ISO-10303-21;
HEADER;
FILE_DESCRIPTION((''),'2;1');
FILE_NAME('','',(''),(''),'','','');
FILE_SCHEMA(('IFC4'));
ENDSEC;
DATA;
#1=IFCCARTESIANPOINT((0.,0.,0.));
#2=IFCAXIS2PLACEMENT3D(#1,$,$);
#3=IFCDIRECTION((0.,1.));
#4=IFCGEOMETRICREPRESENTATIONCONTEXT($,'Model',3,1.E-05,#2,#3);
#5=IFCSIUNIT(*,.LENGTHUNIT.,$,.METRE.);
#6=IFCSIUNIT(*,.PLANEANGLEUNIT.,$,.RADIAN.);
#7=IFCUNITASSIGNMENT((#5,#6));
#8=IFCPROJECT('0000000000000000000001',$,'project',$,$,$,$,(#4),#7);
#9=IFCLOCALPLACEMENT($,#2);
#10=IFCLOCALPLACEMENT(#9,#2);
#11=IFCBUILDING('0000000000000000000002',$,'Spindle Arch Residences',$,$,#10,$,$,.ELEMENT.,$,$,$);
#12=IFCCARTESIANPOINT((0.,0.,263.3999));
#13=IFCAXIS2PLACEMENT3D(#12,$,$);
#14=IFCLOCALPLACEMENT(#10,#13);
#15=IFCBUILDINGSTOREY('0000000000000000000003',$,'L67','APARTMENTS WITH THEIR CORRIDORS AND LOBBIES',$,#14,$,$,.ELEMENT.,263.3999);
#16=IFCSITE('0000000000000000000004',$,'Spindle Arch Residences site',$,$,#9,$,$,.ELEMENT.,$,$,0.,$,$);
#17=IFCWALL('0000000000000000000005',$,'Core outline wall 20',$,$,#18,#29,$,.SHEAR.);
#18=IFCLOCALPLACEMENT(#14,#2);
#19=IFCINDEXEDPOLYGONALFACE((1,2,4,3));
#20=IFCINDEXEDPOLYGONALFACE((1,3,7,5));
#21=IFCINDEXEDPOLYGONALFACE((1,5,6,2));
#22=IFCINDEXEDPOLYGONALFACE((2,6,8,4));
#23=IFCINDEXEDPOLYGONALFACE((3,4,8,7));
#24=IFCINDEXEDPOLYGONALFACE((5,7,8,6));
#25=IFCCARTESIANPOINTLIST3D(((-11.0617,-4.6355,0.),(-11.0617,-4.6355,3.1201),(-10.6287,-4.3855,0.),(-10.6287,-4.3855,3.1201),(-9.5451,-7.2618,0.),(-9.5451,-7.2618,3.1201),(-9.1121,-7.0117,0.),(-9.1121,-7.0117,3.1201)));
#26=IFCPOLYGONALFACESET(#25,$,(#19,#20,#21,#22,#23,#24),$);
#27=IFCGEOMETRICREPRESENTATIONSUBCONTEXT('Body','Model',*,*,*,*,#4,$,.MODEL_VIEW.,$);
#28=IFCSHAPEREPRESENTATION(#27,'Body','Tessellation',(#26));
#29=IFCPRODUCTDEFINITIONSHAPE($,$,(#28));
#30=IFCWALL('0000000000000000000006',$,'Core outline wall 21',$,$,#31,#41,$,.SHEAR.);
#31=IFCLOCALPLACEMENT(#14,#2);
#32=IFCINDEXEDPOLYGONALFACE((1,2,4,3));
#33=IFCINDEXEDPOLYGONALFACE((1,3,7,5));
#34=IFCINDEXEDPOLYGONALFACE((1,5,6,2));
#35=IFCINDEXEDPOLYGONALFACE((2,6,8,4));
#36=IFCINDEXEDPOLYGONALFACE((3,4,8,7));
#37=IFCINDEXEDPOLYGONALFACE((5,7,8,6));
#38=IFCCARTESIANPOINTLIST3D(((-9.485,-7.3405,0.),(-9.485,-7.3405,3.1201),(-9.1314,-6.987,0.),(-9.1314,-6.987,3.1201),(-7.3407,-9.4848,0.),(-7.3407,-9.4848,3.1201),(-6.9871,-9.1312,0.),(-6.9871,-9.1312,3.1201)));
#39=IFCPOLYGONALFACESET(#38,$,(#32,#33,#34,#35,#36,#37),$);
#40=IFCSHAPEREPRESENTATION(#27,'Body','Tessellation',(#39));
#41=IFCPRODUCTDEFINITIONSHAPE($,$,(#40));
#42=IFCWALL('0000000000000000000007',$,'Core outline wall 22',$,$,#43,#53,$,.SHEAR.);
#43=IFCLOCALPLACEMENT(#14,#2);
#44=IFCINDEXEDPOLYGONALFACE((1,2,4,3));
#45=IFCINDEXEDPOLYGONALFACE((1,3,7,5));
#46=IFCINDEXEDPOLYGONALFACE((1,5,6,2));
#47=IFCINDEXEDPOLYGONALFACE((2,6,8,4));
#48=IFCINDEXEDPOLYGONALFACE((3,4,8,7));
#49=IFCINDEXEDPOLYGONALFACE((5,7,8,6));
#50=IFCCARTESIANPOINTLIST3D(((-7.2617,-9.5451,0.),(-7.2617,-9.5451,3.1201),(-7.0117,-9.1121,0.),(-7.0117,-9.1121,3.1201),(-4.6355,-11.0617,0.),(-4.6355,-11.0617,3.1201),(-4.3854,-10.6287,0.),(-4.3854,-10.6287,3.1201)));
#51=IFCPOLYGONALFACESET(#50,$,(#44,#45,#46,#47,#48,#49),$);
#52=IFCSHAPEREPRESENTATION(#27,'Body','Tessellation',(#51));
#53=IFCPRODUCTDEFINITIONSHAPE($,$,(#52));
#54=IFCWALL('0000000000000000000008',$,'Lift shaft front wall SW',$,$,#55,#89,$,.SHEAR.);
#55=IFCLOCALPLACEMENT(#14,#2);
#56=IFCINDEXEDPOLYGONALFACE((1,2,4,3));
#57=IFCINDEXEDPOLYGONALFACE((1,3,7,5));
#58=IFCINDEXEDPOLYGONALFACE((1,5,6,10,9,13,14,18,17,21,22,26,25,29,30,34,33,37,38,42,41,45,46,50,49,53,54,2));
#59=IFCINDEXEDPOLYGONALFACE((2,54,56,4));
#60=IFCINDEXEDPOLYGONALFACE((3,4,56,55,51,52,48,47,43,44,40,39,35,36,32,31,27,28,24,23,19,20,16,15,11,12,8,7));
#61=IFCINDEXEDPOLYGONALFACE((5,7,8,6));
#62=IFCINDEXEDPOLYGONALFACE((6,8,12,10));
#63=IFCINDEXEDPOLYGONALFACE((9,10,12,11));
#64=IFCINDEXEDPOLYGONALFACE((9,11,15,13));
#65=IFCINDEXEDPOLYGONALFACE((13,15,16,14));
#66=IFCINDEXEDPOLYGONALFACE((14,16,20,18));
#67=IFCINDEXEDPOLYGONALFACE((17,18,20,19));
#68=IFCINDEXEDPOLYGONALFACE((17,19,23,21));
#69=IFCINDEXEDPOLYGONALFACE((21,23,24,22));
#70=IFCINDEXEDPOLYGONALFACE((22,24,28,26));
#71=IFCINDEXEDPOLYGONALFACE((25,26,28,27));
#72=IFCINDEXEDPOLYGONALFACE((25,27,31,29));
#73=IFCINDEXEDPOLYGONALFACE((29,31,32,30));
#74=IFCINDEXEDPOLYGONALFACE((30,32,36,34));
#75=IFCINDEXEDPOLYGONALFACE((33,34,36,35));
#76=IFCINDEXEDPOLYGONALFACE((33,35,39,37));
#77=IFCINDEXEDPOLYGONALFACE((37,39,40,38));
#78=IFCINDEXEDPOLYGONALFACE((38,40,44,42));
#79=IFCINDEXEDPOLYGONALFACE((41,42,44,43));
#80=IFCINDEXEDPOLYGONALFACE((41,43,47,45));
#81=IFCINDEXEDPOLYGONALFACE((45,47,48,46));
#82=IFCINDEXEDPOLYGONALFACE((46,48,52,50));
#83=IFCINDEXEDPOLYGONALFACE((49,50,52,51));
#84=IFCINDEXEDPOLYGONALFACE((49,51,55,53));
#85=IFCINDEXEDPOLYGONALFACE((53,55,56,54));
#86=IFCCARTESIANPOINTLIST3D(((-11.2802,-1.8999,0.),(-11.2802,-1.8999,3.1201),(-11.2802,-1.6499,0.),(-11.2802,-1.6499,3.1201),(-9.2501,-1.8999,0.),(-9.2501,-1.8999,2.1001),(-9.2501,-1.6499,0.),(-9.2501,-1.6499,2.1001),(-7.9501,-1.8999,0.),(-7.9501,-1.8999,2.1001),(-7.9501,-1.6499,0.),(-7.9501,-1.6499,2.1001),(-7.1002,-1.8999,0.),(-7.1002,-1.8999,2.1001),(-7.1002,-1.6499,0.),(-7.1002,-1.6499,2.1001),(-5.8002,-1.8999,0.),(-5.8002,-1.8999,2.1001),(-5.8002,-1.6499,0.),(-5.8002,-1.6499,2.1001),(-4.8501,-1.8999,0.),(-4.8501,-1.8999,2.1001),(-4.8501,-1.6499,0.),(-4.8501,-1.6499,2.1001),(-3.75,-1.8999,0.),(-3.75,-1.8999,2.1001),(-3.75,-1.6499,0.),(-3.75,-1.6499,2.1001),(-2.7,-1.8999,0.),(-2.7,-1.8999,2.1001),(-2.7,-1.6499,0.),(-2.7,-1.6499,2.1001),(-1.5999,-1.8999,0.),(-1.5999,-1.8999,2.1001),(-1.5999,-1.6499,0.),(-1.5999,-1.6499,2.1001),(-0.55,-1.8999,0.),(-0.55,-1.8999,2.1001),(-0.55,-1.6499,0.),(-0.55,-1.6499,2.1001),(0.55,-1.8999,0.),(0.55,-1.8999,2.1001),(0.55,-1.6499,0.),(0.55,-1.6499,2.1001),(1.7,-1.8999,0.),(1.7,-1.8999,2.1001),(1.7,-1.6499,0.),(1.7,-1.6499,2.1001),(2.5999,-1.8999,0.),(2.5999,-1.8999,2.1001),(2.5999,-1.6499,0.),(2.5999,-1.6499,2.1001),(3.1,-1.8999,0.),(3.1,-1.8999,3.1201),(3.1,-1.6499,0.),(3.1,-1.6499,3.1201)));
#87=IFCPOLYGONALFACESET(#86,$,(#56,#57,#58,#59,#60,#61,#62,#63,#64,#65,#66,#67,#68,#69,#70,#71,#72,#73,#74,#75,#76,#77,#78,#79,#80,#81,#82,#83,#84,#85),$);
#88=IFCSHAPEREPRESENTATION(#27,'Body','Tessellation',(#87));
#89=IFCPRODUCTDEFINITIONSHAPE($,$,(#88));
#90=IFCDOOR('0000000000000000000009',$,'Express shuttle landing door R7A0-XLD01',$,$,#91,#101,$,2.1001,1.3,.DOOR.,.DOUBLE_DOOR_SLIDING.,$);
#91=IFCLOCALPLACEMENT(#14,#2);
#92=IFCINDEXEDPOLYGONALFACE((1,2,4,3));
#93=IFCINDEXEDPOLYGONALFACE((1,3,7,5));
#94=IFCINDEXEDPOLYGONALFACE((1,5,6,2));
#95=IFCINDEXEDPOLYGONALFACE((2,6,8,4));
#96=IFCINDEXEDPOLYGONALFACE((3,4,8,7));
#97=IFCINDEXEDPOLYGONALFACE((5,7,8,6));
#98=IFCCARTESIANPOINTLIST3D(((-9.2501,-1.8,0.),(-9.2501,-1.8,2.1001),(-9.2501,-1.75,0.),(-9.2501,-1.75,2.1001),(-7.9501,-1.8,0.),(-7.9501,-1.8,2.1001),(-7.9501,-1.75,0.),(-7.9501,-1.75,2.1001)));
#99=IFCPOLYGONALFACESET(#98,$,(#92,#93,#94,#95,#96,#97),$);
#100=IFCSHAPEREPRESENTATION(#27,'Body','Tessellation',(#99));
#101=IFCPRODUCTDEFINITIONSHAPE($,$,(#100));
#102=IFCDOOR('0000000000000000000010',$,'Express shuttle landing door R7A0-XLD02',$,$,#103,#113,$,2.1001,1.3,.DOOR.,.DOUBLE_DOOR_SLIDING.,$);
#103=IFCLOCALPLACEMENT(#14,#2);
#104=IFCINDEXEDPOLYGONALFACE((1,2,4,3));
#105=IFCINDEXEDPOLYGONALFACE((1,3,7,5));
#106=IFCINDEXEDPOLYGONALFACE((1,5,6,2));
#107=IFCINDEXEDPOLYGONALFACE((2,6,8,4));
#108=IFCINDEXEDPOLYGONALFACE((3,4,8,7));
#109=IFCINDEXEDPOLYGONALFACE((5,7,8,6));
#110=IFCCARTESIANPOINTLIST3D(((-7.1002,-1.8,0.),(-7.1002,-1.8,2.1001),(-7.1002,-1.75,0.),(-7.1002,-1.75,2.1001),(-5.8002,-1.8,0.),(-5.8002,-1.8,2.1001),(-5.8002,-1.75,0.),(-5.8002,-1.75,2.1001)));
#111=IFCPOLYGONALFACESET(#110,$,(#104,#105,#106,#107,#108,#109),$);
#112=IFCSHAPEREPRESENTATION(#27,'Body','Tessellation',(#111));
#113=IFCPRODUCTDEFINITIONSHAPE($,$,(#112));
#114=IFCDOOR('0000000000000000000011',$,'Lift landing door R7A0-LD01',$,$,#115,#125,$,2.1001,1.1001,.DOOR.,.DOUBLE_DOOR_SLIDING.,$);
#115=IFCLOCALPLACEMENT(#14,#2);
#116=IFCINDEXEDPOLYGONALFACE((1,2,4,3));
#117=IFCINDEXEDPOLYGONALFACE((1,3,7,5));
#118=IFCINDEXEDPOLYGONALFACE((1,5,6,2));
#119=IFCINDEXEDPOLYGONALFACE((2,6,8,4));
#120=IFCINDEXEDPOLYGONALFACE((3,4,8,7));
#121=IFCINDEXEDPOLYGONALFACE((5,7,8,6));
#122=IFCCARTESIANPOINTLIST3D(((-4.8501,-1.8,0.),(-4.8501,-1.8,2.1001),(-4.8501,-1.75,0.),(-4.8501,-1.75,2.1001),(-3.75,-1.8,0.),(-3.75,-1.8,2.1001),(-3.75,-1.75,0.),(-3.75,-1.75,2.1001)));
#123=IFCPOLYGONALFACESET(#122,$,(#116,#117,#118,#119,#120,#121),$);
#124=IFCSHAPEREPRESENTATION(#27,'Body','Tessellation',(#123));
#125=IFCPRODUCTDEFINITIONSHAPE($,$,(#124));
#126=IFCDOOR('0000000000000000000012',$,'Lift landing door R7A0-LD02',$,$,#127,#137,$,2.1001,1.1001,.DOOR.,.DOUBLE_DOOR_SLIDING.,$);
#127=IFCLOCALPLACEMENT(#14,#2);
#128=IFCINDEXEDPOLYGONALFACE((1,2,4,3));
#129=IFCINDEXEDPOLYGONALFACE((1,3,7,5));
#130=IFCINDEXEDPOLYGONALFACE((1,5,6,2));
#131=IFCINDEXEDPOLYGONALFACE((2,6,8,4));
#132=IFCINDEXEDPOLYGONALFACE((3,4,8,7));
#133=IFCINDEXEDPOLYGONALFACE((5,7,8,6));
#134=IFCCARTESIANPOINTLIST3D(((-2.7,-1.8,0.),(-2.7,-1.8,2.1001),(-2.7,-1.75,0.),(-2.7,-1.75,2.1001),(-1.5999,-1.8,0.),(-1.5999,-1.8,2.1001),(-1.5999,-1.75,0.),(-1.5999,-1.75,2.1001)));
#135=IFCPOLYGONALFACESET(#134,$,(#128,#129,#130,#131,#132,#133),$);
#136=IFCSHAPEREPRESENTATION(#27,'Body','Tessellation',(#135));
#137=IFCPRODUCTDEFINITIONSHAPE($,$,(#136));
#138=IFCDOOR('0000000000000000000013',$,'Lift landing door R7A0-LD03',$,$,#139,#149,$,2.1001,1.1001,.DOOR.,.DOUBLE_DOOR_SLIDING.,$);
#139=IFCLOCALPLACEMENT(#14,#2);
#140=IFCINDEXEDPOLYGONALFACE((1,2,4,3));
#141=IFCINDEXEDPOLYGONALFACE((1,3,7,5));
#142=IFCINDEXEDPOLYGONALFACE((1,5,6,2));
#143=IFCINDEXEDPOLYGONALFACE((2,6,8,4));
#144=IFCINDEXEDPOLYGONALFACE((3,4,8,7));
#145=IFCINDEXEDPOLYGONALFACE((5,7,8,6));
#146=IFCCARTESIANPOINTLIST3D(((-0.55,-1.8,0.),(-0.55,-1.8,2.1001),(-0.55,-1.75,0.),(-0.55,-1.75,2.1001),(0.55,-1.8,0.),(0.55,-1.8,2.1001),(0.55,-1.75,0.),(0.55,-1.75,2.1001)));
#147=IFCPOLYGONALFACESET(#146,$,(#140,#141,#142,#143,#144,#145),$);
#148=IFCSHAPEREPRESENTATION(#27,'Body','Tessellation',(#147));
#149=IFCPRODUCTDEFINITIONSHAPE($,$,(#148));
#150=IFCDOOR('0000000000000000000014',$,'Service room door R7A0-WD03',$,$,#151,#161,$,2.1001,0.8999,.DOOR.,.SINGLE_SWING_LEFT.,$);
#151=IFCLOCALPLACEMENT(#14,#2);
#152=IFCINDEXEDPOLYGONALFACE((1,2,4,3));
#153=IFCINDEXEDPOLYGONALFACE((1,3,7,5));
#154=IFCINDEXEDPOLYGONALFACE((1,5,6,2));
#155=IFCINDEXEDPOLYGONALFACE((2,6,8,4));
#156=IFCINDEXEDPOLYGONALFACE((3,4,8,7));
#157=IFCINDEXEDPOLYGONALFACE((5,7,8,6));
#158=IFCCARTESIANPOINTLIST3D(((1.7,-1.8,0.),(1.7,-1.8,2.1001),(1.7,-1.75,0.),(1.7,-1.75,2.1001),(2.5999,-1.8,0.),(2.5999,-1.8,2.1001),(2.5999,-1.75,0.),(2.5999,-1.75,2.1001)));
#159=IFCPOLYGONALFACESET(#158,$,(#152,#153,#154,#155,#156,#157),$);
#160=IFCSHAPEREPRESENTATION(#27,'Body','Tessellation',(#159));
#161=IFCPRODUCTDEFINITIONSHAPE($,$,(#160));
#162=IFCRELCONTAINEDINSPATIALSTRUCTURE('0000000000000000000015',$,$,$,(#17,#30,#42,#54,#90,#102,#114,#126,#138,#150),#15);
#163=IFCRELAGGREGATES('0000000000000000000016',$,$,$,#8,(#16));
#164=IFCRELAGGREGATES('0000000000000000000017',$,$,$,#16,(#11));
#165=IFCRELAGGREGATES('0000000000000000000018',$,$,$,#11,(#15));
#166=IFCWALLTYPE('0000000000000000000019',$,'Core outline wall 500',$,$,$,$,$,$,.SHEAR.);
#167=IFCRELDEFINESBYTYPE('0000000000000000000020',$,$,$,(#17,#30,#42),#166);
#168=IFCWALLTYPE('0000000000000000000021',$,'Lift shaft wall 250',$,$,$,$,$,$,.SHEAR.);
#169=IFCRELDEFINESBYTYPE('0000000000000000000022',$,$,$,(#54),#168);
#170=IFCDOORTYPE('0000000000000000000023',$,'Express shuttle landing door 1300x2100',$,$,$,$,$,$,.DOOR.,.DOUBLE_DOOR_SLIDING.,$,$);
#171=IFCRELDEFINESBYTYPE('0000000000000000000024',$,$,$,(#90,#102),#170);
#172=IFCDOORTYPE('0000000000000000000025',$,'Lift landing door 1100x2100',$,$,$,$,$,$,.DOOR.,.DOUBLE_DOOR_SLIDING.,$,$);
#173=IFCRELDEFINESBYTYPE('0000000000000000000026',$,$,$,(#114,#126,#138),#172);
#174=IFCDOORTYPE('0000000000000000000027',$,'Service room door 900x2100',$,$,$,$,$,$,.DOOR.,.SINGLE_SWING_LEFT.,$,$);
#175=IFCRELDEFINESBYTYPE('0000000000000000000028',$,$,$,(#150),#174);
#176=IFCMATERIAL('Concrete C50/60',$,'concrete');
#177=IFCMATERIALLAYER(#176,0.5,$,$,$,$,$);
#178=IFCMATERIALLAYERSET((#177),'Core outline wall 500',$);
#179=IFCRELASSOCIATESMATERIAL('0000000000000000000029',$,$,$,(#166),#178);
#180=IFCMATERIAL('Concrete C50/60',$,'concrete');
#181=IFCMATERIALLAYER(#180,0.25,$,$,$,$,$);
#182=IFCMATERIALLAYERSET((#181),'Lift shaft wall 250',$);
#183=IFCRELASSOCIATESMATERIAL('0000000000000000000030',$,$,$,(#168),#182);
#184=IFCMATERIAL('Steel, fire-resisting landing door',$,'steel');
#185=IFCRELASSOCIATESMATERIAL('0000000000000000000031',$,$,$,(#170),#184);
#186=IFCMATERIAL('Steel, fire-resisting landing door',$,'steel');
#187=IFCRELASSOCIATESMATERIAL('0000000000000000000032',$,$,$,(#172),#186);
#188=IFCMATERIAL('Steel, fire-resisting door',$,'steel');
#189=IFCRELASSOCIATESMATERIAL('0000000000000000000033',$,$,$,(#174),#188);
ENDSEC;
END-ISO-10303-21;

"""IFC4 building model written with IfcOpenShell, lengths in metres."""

from ifc_helpers import new_model, si_unit, direction, frame, frame_2d, origin, place, context, subcontext, project, spatial, rectangle, extrude, material, layer, layer_set, type_object, element, fill, save


model = new_model("IFC4")

# Units and contexts
model_context = context("Model", 3, precision=1e-05, world=origin(), true_north=direction((0.0, 1.0)))
body_context = subcontext(model_context, "Body", "Model", "MODEL_VIEW")
ifc_project = project(units=[si_unit("LENGTHUNIT", "METRE"), si_unit("PLANEANGLEUNIT", "RADIAN")], contexts=[model_context])

# Site, building, storey
site_placement = place(None, origin())
site = spatial("IfcSite", under=ifc_project, at=site_placement, Name="Spindle Arch Residences site", CompositionType="ELEMENT", RefElevation=0.0)
building_placement = place(site_placement, origin())
building = spatial("IfcBuilding", under=site, at=building_placement, Name="Spindle Arch Residences", CompositionType="ELEMENT")
storey_placement = place(building_placement, frame((0.0, 0.0, 263.3999)))
storey = spatial("IfcBuildingStorey", under=building, at=storey_placement, Name="L67", Description="APARTMENTS WITH THEIR CORRIDORS AND LOBBIES", CompositionType="ELEMENT", Elevation=263.3999)

# Walls
ifc_material_1 = material(Name="Concrete C50/60", Category="concrete")
ifc_layer_1 = layer(ifc_material_1, 0.5)
ifc_layer_set_1 = layer_set([ifc_layer_1], Name="Core outline wall 500")
wall_type_1 = type_object("IfcWallType", Name="Core outline wall 500", PredefinedType="SHEAR", material=ifc_layer_set_1)
wall_1_placement = place(storey_placement, frame((-10.8452, -4.5105, 0.0), z_axis=(0.0, 0.0, 1.0), x_axis=(0.500087, -0.865975, 0.0)))
element("IfcWall", 1, at=wall_1_placement, inside=storey, type_object=wall_type_1, Name="Core outline wall 20", PredefinedType="SHEAR", context=body_context, shape_type="SweptSolid", body=[
    extrude(rectangle(XDim=3.0327, YDim=0.5, at=frame_2d((1.5164, 0.0))), origin(), (0.0, 0.0, 1.0), 3.1201),
])
wall_2_placement = place(storey_placement, frame((-9.3081, -7.1638, 0.0), z_axis=(0.0, 0.0, 1.0), x_axis=(0.707107, -0.707107, 0.0)))
element("IfcWall", 2, at=wall_2_placement, inside=storey, type_object=wall_type_1, Name="Core outline wall 21", PredefinedType="SHEAR", context=body_context, shape_type="SweptSolid", body=[
    extrude(rectangle(XDim=3.0325, YDim=0.5, at=frame_2d((1.5161, 0.0))), origin(), (0.0, 0.0, 1.0), 3.1201),
])
wall_3_placement = place(storey_placement, frame((-7.1367, -9.3286, 0.0), z_axis=(0.0, 0.0, 1.0), x_axis=(0.865975, -0.500087, 0.0)))
element("IfcWall", 3, at=wall_3_placement, inside=storey, type_object=wall_type_1, Name="Core outline wall 22", PredefinedType="SHEAR", context=body_context, shape_type="SweptSolid", body=[
    extrude(rectangle(XDim=3.0327, YDim=0.5, at=frame_2d((1.5164, 0.0))), origin(), (0.0, 0.0, 1.0), 3.1201),
])

# Wall, openings, doors
ifc_material_2 = material(Name="Concrete C50/60", Category="concrete")
ifc_layer_2 = layer(ifc_material_2, 0.25)
ifc_layer_set_2 = layer_set([ifc_layer_2], Name="Lift shaft wall 250")
wall_type_2 = type_object("IfcWallType", Name="Lift shaft wall 250", PredefinedType="SHEAR", material=ifc_layer_set_2)
wall_4_placement = place(storey_placement, frame((-11.28, -1.7749, 0.0), z_axis=(0.0, 0.0, 1.0), x_axis=(1.0, 0.0, 0.0)))
wall_4 = element("IfcWall", 4, at=wall_4_placement, inside=storey, type_object=wall_type_2, Name="Lift shaft front wall SW", PredefinedType="SHEAR", context=body_context, shape_type="SweptSolid", body=[
    extrude(rectangle(XDim=14.3801, YDim=0.25, at=frame_2d((7.1899, 0.0))), origin(), (0.0, 0.0, 1.0), 3.1201),
])
opening_1_placement = place(wall_4_placement, frame((2.03, 0.0, 0.0)))
opening_1 = element("IfcOpeningElement", 5, at=opening_1_placement, cuts=wall_4, PredefinedType="OPENING", context=body_context, shape_type="SweptSolid", body=[
    extrude(rectangle(XDim=1.3, YDim=2.1001, at=frame_2d((0.6499, 1.05))), frame((0.0, 0.135, 0.0), z_axis=(0.0, -1.0, 0.0), x_axis=(1.0, 0.0, 0.0)), (0.0, 0.0, 1.0), 0.27),
])
opening_2_placement = place(wall_4_placement, frame((4.1799, 0.0, 0.0)))
opening_2 = element("IfcOpeningElement", 6, at=opening_2_placement, cuts=wall_4, PredefinedType="OPENING", context=body_context, shape_type="SweptSolid", body=[
    extrude(rectangle(XDim=1.3, YDim=2.1001, at=frame_2d((0.6499, 1.05))), frame((0.0, 0.135, 0.0), z_axis=(0.0, -1.0, 0.0), x_axis=(1.0, 0.0, 0.0)), (0.0, 0.0, 1.0), 0.27),
])
opening_3_placement = place(wall_4_placement, frame((6.4299, 0.0, 0.0)))
opening_3 = element("IfcOpeningElement", 7, at=opening_3_placement, cuts=wall_4, PredefinedType="OPENING", context=body_context, shape_type="SweptSolid", body=[
    extrude(rectangle(XDim=1.1001, YDim=2.1001, at=frame_2d((0.55, 1.05))), frame((0.0, 0.135, 0.0), z_axis=(0.0, -1.0, 0.0), x_axis=(1.0, 0.0, 0.0)), (0.0, 0.0, 1.0), 0.27),
])
opening_4_placement = place(wall_4_placement, frame((8.5801, 0.0, 0.0)))
opening_4 = element("IfcOpeningElement", 8, at=opening_4_placement, cuts=wall_4, PredefinedType="OPENING", context=body_context, shape_type="SweptSolid", body=[
    extrude(rectangle(XDim=1.1001, YDim=2.1001, at=frame_2d((0.55, 1.05))), frame((0.0, 0.135, 0.0), z_axis=(0.0, -1.0, 0.0), x_axis=(1.0, 0.0, 0.0)), (0.0, 0.0, 1.0), 0.27),
])
opening_5_placement = place(wall_4_placement, frame((10.73, 0.0, 0.0)))
opening_5 = element("IfcOpeningElement", 9, at=opening_5_placement, cuts=wall_4, PredefinedType="OPENING", context=body_context, shape_type="SweptSolid", body=[
    extrude(rectangle(XDim=1.1001, YDim=2.1001, at=frame_2d((0.55, 1.05))), frame((0.0, 0.135, 0.0), z_axis=(0.0, -1.0, 0.0), x_axis=(1.0, 0.0, 0.0)), (0.0, 0.0, 1.0), 0.27),
])
opening_6_placement = place(wall_4_placement, frame((12.98, 0.0, 0.0)))
opening_6 = element("IfcOpeningElement", 10, at=opening_6_placement, cuts=wall_4, PredefinedType="OPENING", context=body_context, shape_type="SweptSolid", body=[
    extrude(rectangle(XDim=0.8999, YDim=2.1001, at=frame_2d((0.45, 1.05))), frame((0.0, 0.135, 0.0), z_axis=(0.0, -1.0, 0.0), x_axis=(1.0, 0.0, 0.0)), (0.0, 0.0, 1.0), 0.27),
])
ifc_material_3 = material(Name="Steel, fire-resisting landing door", Category="steel")
door_type_1 = type_object("IfcDoorType", Name="Express shuttle landing door 1300x2100", OperationType="DOUBLE_DOOR_SLIDING", PredefinedType="DOOR", material=ifc_material_3)
door_1_placement = place(opening_1_placement, origin())
door_1 = element("IfcDoor", 11, at=door_1_placement, inside=storey, type_object=door_type_1, Name="Express shuttle landing door R7A0-XLD01", OperationType="DOUBLE_DOOR_SLIDING", OverallHeight=2.1001, OverallWidth=1.3, PredefinedType="DOOR", context=body_context, shape_type="SweptSolid", body=[
    extrude(rectangle(XDim=1.3, YDim=2.1001, at=frame_2d((0.6499, 1.05))), frame((0.0, 0.0249, 0.0), z_axis=(0.0, -1.0, 0.0), x_axis=(1.0, 0.0, 0.0)), (0.0, 0.0, 1.0), 0.05),
])
fill(opening_1, door_1)
door_2_placement = place(opening_2_placement, origin())
door_2 = element("IfcDoor", 12, at=door_2_placement, inside=storey, type_object=door_type_1, Name="Express shuttle landing door R7A0-XLD02", OperationType="DOUBLE_DOOR_SLIDING", OverallHeight=2.1001, OverallWidth=1.3, PredefinedType="DOOR", context=body_context, shape_type="SweptSolid", body=[
    extrude(rectangle(XDim=1.3, YDim=2.1001, at=frame_2d((0.6499, 1.05))), frame((0.0, 0.0249, 0.0), z_axis=(0.0, -1.0, 0.0), x_axis=(1.0, 0.0, 0.0)), (0.0, 0.0, 1.0), 0.05),
])
fill(opening_2, door_2)
ifc_material_4 = material(Name="Steel, fire-resisting landing door", Category="steel")
door_type_2 = type_object("IfcDoorType", Name="Lift landing door 1100x2100", OperationType="DOUBLE_DOOR_SLIDING", PredefinedType="DOOR", material=ifc_material_4)
door_3_placement = place(opening_3_placement, origin())
door_3 = element("IfcDoor", 13, at=door_3_placement, inside=storey, type_object=door_type_2, Name="Lift landing door R7A0-LD01", OperationType="DOUBLE_DOOR_SLIDING", OverallHeight=2.1001, OverallWidth=1.1001, PredefinedType="DOOR", context=body_context, shape_type="SweptSolid", body=[
    extrude(rectangle(XDim=1.1001, YDim=2.1001, at=frame_2d((0.55, 1.05))), frame((0.0, 0.0249, 0.0), z_axis=(0.0, -1.0, 0.0), x_axis=(1.0, 0.0, 0.0)), (0.0, 0.0, 1.0), 0.05),
])
fill(opening_3, door_3)
door_4_placement = place(opening_4_placement, origin())
door_4 = element("IfcDoor", 14, at=door_4_placement, inside=storey, type_object=door_type_2, Name="Lift landing door R7A0-LD02", OperationType="DOUBLE_DOOR_SLIDING", OverallHeight=2.1001, OverallWidth=1.1001, PredefinedType="DOOR", context=body_context, shape_type="SweptSolid", body=[
    extrude(rectangle(XDim=1.1001, YDim=2.1001, at=frame_2d((0.55, 1.05))), frame((0.0, 0.0249, 0.0), z_axis=(0.0, -1.0, 0.0), x_axis=(1.0, 0.0, 0.0)), (0.0, 0.0, 1.0), 0.05),
])
fill(opening_4, door_4)
door_5_placement = place(opening_5_placement, origin())
door_5 = element("IfcDoor", 15, at=door_5_placement, inside=storey, type_object=door_type_2, Name="Lift landing door R7A0-LD03", OperationType="DOUBLE_DOOR_SLIDING", OverallHeight=2.1001, OverallWidth=1.1001, PredefinedType="DOOR", context=body_context, shape_type="SweptSolid", body=[
    extrude(rectangle(XDim=1.1001, YDim=2.1001, at=frame_2d((0.55, 1.05))), frame((0.0, 0.0249, 0.0), z_axis=(0.0, -1.0, 0.0), x_axis=(1.0, 0.0, 0.0)), (0.0, 0.0, 1.0), 0.05),
])
fill(opening_5, door_5)
ifc_material_5 = material(Name="Steel, fire-resisting door", Category="steel")
door_type_3 = type_object("IfcDoorType", Name="Service room door 900x2100", OperationType="SINGLE_SWING_LEFT", PredefinedType="DOOR", material=ifc_material_5)
door_6_placement = place(opening_6_placement, origin())
door_6 = element("IfcDoor", 16, at=door_6_placement, inside=storey, type_object=door_type_3, Name="Service room door R7A0-WD03", OperationType="SINGLE_SWING_LEFT", OverallHeight=2.1001, OverallWidth=0.8999, PredefinedType="DOOR", context=body_context, shape_type="SweptSolid", body=[
    extrude(rectangle(XDim=0.8999, YDim=2.1001, at=frame_2d((0.45, 1.05))), frame((0.0, 0.0249, 0.0), z_axis=(0.0, -1.0, 0.0), x_axis=(1.0, 0.0, 0.0)), (0.0, 0.0, 1.0), 0.05),
])
fill(opening_6, door_6)

save(model, "model.ifc")
